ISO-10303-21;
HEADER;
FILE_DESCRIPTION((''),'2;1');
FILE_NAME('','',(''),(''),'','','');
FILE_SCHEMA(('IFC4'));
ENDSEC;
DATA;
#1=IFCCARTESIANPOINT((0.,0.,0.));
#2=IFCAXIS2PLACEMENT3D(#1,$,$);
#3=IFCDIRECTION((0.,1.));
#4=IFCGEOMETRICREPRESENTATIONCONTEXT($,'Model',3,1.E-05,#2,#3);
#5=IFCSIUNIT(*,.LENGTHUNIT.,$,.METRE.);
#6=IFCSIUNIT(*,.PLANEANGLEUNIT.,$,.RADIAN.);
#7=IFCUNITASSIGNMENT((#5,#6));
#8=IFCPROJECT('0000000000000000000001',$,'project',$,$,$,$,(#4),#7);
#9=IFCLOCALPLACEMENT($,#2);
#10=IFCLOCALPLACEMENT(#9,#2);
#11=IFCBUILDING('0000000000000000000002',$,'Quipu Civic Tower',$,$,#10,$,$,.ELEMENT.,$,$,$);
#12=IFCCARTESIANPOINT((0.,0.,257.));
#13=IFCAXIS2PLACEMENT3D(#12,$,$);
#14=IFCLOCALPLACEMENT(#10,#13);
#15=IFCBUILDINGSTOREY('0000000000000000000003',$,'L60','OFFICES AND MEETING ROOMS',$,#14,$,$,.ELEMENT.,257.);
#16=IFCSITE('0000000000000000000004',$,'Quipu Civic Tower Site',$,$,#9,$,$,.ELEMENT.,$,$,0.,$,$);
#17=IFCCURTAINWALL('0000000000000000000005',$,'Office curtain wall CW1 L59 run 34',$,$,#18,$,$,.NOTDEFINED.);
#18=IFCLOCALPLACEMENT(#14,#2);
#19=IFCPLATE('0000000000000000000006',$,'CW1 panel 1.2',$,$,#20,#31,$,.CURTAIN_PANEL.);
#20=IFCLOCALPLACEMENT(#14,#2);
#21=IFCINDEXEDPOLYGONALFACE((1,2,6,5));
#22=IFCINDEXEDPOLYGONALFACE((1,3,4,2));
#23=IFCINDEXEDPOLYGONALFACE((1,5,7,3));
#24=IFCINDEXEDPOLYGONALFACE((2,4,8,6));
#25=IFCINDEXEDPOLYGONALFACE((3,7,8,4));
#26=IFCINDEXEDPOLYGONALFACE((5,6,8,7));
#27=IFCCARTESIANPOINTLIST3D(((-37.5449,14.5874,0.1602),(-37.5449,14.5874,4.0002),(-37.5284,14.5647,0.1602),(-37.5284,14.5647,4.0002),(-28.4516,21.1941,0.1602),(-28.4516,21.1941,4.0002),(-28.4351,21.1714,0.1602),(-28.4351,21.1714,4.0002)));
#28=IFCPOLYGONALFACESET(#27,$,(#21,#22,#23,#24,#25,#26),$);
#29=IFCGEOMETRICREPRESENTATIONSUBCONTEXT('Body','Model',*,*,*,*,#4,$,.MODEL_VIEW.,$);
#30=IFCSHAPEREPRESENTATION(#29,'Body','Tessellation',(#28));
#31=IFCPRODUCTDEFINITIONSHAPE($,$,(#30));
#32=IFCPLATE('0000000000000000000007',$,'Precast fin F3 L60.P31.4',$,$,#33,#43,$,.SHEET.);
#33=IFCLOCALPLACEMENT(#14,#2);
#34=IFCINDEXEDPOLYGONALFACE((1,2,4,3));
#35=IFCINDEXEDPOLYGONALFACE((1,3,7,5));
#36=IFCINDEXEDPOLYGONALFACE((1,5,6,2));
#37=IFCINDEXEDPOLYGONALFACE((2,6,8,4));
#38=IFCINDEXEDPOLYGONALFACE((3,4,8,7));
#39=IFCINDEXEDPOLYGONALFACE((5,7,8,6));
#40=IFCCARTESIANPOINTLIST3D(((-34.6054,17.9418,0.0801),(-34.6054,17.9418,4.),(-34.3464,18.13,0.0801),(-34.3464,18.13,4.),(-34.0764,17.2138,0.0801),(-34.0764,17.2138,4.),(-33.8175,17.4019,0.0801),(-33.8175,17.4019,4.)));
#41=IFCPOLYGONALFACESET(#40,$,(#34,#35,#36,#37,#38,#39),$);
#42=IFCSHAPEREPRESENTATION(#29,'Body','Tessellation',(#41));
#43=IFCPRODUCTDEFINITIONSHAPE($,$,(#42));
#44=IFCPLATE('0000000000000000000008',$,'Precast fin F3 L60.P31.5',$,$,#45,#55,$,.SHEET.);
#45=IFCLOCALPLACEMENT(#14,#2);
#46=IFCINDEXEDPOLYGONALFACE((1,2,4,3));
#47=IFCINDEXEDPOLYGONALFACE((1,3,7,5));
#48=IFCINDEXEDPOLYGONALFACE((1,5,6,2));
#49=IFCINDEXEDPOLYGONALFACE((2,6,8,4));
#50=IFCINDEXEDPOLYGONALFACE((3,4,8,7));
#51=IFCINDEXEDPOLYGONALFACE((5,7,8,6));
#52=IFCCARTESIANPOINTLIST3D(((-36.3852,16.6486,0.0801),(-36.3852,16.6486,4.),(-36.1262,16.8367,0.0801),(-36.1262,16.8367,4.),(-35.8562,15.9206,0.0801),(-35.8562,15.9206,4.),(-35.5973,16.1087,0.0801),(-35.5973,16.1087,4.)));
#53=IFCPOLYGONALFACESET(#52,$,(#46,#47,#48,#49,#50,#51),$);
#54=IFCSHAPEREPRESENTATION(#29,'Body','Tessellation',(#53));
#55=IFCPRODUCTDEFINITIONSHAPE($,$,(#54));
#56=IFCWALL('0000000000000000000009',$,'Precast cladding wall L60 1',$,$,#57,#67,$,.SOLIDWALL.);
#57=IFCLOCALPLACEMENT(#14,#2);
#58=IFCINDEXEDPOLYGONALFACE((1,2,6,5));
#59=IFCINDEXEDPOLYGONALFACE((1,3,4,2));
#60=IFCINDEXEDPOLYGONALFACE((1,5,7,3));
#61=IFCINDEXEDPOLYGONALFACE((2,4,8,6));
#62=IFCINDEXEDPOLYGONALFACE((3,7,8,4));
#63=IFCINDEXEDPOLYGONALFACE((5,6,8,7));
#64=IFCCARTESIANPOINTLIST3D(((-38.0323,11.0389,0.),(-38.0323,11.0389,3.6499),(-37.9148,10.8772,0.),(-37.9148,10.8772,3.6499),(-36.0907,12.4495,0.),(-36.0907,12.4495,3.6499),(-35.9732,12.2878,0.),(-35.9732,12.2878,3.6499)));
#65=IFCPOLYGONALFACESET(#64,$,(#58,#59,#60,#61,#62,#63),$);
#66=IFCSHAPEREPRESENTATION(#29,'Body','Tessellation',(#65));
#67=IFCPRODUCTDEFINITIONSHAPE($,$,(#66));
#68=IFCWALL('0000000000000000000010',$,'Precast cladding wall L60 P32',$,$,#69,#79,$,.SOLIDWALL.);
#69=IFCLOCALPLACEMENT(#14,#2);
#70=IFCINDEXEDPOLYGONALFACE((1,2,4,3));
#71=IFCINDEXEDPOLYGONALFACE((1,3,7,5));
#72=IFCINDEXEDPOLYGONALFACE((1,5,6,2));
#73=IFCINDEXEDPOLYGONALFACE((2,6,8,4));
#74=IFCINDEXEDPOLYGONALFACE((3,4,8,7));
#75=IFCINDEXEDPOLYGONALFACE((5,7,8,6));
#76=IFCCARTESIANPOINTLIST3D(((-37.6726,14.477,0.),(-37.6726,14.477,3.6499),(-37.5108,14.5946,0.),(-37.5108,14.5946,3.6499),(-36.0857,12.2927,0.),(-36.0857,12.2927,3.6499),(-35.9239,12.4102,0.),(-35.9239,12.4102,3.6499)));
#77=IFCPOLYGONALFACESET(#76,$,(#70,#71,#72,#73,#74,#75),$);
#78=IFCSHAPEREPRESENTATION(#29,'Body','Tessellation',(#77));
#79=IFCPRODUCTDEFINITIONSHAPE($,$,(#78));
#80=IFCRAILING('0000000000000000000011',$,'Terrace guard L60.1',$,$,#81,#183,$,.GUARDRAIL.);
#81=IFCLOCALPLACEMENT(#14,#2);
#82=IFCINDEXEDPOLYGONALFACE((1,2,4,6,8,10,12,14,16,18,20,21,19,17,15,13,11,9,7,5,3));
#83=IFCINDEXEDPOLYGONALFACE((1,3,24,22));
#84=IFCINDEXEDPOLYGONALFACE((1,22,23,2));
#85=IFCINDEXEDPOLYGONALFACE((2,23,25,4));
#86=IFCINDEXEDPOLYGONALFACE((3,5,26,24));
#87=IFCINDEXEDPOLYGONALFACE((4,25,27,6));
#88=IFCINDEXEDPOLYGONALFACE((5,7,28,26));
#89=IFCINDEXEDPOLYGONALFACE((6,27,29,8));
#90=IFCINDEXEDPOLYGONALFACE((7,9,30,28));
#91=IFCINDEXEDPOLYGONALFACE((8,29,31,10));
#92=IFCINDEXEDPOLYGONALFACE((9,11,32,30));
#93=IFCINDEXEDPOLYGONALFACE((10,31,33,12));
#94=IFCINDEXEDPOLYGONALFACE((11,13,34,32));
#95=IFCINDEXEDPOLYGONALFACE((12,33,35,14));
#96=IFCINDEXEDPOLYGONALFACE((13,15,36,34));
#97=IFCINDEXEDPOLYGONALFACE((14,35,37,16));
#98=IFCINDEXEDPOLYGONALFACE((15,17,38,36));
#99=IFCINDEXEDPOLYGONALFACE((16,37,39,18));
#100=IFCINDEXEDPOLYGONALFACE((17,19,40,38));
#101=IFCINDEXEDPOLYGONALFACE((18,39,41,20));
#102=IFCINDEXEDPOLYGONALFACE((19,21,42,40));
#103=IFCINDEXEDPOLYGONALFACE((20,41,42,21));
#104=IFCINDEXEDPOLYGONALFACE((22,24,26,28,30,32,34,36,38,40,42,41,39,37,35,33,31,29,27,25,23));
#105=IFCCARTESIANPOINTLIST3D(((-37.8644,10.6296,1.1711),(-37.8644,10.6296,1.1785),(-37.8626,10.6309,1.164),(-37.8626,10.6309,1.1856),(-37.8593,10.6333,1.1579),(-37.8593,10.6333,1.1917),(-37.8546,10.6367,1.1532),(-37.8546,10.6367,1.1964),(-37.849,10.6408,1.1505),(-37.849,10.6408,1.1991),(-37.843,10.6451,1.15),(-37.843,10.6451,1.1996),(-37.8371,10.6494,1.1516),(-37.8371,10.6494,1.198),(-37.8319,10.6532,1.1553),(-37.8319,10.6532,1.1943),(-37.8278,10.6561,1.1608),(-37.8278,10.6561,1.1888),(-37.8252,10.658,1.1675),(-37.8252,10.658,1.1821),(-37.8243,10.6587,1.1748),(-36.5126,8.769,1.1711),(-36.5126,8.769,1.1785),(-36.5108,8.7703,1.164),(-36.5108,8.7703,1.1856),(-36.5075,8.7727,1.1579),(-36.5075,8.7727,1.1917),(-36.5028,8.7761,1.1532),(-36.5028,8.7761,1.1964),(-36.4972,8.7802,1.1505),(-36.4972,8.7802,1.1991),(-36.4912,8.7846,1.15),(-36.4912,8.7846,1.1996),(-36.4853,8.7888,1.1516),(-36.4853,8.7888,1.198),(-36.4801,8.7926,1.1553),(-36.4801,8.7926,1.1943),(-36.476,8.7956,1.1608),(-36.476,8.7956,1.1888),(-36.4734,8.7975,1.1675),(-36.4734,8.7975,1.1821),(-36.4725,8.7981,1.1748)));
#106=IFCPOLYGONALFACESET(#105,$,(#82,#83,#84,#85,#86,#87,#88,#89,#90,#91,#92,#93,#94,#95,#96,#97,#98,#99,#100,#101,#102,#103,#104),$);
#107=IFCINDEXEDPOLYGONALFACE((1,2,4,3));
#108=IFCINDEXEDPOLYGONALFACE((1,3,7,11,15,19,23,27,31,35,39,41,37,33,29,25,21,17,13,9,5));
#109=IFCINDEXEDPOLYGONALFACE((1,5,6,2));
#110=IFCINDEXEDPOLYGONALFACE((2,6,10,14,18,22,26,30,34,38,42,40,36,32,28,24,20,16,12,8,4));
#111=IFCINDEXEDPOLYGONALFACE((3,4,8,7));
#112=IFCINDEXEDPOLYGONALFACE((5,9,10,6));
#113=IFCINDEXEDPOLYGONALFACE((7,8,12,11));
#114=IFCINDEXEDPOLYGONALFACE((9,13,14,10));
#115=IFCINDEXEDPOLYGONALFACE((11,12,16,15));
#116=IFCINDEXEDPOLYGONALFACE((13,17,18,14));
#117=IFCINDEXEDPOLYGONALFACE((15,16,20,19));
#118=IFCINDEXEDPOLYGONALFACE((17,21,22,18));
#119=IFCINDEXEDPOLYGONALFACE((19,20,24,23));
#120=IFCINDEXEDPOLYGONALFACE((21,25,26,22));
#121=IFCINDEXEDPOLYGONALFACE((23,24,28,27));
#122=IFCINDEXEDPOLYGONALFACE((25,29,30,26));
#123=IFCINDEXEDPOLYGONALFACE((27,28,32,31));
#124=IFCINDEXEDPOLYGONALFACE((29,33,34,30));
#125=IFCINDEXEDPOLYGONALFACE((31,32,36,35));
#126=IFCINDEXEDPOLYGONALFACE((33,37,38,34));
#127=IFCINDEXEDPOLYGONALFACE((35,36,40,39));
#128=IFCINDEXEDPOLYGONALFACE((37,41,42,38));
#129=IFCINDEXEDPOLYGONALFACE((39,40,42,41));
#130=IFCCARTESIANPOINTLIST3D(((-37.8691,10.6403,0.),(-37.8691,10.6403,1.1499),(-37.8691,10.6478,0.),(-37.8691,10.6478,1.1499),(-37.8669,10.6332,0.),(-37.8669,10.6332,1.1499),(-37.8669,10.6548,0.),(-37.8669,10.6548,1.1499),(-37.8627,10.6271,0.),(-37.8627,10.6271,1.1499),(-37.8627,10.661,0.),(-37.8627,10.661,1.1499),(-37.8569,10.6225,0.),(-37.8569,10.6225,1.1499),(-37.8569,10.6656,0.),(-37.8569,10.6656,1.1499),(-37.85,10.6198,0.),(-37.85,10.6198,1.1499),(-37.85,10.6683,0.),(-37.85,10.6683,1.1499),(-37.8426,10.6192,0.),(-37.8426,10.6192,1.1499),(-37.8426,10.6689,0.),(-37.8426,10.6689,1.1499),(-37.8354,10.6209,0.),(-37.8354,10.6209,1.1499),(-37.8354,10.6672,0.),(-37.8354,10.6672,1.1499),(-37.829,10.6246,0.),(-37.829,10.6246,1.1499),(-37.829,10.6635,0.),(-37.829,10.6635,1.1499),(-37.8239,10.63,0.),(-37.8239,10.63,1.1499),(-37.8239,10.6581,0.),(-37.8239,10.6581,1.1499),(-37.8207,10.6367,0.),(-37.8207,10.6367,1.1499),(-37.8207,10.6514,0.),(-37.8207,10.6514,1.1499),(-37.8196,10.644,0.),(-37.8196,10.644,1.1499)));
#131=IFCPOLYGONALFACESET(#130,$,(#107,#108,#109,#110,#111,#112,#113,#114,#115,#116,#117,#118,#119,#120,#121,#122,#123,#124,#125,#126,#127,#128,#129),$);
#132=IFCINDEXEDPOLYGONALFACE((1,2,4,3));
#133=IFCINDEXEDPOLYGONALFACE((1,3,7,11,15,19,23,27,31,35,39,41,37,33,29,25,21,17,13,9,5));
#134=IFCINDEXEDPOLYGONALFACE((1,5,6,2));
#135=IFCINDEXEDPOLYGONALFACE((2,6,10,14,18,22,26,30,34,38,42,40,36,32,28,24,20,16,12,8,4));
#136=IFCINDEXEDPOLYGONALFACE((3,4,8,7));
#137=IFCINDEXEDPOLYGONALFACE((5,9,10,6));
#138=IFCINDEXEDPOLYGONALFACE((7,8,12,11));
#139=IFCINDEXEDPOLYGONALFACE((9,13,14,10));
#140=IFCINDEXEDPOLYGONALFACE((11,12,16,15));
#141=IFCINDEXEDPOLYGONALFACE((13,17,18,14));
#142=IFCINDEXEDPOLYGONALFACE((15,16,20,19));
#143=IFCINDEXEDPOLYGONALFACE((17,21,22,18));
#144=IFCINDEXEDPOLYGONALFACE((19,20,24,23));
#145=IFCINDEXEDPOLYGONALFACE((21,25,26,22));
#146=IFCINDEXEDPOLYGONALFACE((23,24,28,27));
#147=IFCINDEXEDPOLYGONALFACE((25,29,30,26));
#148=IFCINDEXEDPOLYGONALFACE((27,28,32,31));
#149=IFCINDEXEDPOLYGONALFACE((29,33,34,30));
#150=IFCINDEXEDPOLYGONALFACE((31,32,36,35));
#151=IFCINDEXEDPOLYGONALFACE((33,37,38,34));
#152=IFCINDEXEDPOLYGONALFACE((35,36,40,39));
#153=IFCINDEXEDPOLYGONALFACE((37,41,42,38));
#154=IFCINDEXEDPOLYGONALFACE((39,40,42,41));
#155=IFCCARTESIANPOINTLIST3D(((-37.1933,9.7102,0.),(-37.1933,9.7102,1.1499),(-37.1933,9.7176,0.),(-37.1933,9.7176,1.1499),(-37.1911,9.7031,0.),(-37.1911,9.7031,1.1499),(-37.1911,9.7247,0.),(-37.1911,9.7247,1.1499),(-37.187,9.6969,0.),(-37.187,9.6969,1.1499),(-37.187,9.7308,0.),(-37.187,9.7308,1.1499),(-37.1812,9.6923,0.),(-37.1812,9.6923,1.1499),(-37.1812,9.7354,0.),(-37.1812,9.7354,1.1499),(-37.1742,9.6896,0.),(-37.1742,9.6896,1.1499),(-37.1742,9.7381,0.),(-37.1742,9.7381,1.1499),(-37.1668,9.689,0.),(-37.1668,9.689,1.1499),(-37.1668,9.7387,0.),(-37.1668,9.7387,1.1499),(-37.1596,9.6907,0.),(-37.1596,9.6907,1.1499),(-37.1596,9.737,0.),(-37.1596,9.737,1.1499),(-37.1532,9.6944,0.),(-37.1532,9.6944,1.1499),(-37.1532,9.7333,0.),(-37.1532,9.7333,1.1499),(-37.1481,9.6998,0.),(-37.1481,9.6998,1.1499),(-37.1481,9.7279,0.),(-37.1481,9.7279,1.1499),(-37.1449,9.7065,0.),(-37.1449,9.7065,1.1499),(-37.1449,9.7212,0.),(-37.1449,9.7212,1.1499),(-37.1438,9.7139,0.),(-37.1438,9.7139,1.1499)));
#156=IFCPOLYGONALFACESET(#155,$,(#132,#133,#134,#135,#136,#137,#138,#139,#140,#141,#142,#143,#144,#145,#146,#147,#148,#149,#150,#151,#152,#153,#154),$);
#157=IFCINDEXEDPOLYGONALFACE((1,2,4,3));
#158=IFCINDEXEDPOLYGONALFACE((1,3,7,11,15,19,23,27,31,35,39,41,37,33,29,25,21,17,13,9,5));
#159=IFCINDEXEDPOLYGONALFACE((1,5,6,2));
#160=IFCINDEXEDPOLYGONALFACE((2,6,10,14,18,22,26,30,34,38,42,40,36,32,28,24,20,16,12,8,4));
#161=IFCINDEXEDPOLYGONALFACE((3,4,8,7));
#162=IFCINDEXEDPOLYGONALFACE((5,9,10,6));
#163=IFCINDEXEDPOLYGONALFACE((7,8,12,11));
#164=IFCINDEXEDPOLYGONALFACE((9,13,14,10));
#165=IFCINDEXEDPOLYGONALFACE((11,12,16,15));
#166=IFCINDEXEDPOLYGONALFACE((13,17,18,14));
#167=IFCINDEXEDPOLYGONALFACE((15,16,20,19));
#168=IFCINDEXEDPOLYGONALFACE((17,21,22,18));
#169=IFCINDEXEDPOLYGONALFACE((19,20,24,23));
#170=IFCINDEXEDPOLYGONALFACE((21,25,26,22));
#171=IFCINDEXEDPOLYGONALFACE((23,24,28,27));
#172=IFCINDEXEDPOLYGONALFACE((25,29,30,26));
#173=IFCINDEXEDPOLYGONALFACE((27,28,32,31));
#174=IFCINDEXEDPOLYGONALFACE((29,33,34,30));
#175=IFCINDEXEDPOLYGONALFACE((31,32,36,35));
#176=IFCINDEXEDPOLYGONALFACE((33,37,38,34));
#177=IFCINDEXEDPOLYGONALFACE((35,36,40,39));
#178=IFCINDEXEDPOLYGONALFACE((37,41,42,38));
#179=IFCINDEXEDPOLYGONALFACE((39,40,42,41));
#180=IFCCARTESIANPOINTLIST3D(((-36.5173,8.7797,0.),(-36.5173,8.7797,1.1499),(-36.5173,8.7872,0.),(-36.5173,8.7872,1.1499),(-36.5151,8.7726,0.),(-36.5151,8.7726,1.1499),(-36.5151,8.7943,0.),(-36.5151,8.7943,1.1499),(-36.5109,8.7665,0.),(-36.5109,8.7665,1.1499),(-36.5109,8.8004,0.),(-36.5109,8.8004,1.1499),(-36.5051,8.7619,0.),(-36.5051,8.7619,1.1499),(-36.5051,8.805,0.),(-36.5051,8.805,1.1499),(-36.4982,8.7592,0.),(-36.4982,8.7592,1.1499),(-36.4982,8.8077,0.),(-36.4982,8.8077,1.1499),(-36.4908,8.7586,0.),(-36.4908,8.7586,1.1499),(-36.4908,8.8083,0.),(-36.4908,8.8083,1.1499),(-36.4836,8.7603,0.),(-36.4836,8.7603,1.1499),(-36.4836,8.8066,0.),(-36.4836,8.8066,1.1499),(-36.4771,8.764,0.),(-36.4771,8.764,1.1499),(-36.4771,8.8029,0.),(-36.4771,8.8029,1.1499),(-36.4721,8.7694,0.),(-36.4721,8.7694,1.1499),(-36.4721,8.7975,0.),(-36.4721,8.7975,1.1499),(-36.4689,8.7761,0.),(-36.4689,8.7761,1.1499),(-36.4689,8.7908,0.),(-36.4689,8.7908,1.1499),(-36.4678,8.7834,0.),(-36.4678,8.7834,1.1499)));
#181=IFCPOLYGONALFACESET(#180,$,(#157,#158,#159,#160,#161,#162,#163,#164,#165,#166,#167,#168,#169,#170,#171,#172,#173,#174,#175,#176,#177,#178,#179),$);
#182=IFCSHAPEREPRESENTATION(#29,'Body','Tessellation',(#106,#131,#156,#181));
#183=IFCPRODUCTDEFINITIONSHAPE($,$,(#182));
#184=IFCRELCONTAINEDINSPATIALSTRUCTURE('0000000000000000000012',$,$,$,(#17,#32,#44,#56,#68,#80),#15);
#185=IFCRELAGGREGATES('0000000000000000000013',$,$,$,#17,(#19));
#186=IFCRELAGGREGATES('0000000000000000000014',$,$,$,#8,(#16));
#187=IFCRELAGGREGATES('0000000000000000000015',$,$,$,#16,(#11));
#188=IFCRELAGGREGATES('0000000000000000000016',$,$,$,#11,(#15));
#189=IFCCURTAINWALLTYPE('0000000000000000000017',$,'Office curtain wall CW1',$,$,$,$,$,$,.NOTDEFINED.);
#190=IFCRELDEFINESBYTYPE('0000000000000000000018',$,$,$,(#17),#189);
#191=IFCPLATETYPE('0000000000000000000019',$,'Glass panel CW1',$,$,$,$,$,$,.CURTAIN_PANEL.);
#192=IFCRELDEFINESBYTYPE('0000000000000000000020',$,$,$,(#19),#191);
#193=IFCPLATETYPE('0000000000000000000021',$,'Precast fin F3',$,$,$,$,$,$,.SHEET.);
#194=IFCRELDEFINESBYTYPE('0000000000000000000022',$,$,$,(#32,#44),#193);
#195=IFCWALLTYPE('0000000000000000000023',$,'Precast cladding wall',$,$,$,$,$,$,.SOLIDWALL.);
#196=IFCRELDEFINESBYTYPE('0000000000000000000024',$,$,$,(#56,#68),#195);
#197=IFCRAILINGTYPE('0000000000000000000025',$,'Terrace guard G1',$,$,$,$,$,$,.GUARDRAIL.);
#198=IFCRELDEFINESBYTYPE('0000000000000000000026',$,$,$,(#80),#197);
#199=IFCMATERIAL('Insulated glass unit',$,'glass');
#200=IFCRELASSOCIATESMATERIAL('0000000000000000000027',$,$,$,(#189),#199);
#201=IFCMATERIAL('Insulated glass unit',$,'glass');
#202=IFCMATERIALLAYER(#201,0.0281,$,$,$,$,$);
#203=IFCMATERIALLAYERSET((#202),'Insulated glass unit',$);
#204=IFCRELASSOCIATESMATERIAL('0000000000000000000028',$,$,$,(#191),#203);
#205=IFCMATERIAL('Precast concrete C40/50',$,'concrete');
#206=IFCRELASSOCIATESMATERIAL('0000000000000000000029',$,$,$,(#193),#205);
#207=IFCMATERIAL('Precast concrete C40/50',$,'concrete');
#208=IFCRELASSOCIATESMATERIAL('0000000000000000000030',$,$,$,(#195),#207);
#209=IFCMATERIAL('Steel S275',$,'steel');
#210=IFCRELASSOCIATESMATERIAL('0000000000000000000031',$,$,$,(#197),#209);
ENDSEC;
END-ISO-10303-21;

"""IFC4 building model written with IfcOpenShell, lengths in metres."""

from ifc_helpers import new_model, si_unit, direction, frame, frame_2d, origin, origin_2d, place, context, subcontext, project, spatial, rectangle, circle, extrude, material, layer, layer_set, type_object, element, aggregate, save


model = new_model("IFC4")

# Units and contexts
model_context = context("Model", 3, precision=1e-05, world=origin(), true_north=direction((0.0, 1.0)))
body_context = subcontext(model_context, "Body", "Model", "MODEL_VIEW")
ifc_project = project(units=[si_unit("LENGTHUNIT", "METRE"), si_unit("PLANEANGLEUNIT", "RADIAN")], contexts=[model_context])

# Site, building, storey
site_placement = place(None, origin())
site = spatial("IfcSite", under=ifc_project, at=site_placement, Name="Quipu Civic Tower Site", CompositionType="ELEMENT", RefElevation=0.0)
building_placement = place(site_placement, origin())
building = spatial("IfcBuilding", under=site, at=building_placement, Name="Quipu Civic Tower", CompositionType="ELEMENT")
storey_placement = place(building_placement, frame((0.0, 0.0, 257.0)))
storey = spatial("IfcBuildingStorey", under=building, at=storey_placement, Name="L60", Description="OFFICES AND MEETING ROOMS", CompositionType="ELEMENT", Elevation=257.0)

# Shared definitions
ifc_material_1 = material(Name="Insulated glass unit", Category="glass")
curtain_wall_type = type_object("IfcCurtainWallType", Name="Office curtain wall CW1", PredefinedType="NOTDEFINED", material=ifc_material_1)

# Curtain wall
curtain_wall_1_placement = place(storey_placement, origin())
curtain_wall_1 = element("IfcCurtainWall", 1, at=curtain_wall_1_placement, inside=storey, type_object=curtain_wall_type, Name="Office curtain wall CW1 L59 run 34", PredefinedType="NOTDEFINED")

# Plate
ifc_material_2 = material(Name="Insulated glass unit", Category="glass")
ifc_layer = layer(ifc_material_2, 0.0281)
ifc_layer_set = layer_set([ifc_layer], Name="Insulated glass unit")
plate_type_1 = type_object("IfcPlateType", Name="Glass panel CW1", PredefinedType="CURTAIN_PANEL", material=ifc_layer_set)
plate_1_placement = place(storey_placement, frame((-32.99, 17.8794, 0.1602), z_axis=(0.0, 0.0, 1.0), x_axis=(-0.809015, -0.587788, 0.0)))
plate_1 = element("IfcPlate", 2, at=plate_1_placement, type_object=plate_type_1, Name="CW1 panel 1.2", PredefinedType="CURTAIN_PANEL", context=body_context, shape_type="SweptSolid", body=[
    extrude(rectangle(XDim=11.24, YDim=0.0281, at=origin_2d()), origin(), (0.0, 0.0, 1.0), 3.8401),
])
aggregate(curtain_wall_1, [plate_1])

# Plates
ifc_material_3 = material(Name="Precast concrete C40/50", Category="concrete")
plate_type_2 = type_object("IfcPlateType", Name="Precast fin F3", PredefinedType="SHEET", material=ifc_material_3)
for number, where, z_axis, x_axis, name in (
    (3, (-34.2114, 17.6719, 0.0801), (0.0, 0.0, 1.0), (-0.809017, -0.587785, 0.0), "Precast fin F3 L60.P31.4"),
    (4, (-35.9912, 16.3787, 0.0801), (0.0, 0.0, 1.0), (-0.809017, -0.587785, 0.0), "Precast fin F3 L60.P31.5"),
):
    element("IfcPlate", number, at=place(storey_placement, frame(where, z_axis=z_axis, x_axis=x_axis)), inside=storey, type_object=plate_type_2, Name=name, PredefinedType="SHEET", context=body_context, shape_type="SweptSolid", body=[
        extrude(rectangle(XDim=0.3201, YDim=0.8999, at=origin_2d()), origin(), (0.0, 0.0, 1.0), 3.9199),
    ])

# Walls
ifc_material_4 = material(Name="Precast concrete C40/50", Category="concrete")
wall_type = type_object("IfcWallType", Name="Precast cladding wall", PredefinedType="SOLIDWALL", material=ifc_material_4)
wall_1_placement = place(storey_placement, frame((-36.032, 12.3687, 0.0), z_axis=(0.0, 0.0, 1.0), x_axis=(-0.809026, -0.587772, 0.0)))
element("IfcWall", 5, at=wall_1_placement, inside=storey, type_object=wall_type, Name="Precast cladding wall L60 1", PredefinedType="SOLIDWALL", context=body_context, shape_type="SweptSolid", body=[
    extrude(rectangle(XDim=2.3999, YDim=0.2, at=frame_2d((1.2, 0.0))), origin(), (0.0, 0.0, 1.0), 3.6499),
])
wall_2_placement = place(storey_placement, frame((-37.5918, 14.5359, 0.0), z_axis=(0.0, 0.0, 1.0), x_axis=(0.587763, -0.809033, 0.0)))
element("IfcWall", 6, at=wall_2_placement, inside=storey, type_object=wall_type, Name="Precast cladding wall L60 P32", PredefinedType="SOLIDWALL", context=body_context, shape_type="SweptSolid", body=[
    extrude(rectangle(XDim=2.7, YDim=0.2, at=frame_2d((1.3501, 0.0))), origin(), (0.0, 0.0, 1.0), 3.6499),
])

# Railing
ifc_material_5 = material(Name="Steel S275", Category="steel")
railing_type = type_object("IfcRailingType", Name="Terrace guard G1", PredefinedType="GUARDRAIL", material=ifc_material_5)
railing_1_placement = place(storey_placement, frame((-37.8445, 10.644, 0.0)))
element("IfcRailing", 7, at=railing_1_placement, inside=storey, type_object=railing_type, Name="Terrace guard L60.1", PredefinedType="GUARDRAIL", context=body_context, shape_type="SweptSolid", body=[
    extrude(circle(Radius=0.0249, at=origin_2d()), frame((0.0, 0.0, 1.1748), z_axis=(0.587787, -0.809016, 0.0), x_axis=(0.809016, 0.587787, 0.0)), (0.0, 0.0, 1.0), 2.2998),
    extrude(circle(Radius=0.0249, at=origin_2d()), origin(), (0.0, 0.0, 1.0), 1.1499),
    extrude(circle(Radius=0.0249, at=origin_2d()), frame((0.6758, -0.9302, 0.0)), (0.0, 0.0, 1.0), 1.1499),
    extrude(circle(Radius=0.0249, at=origin_2d()), frame((1.3518, -1.8606, 0.0)), (0.0, 0.0, 1.0), 1.1499),
])

save(model, "model.ifc")
